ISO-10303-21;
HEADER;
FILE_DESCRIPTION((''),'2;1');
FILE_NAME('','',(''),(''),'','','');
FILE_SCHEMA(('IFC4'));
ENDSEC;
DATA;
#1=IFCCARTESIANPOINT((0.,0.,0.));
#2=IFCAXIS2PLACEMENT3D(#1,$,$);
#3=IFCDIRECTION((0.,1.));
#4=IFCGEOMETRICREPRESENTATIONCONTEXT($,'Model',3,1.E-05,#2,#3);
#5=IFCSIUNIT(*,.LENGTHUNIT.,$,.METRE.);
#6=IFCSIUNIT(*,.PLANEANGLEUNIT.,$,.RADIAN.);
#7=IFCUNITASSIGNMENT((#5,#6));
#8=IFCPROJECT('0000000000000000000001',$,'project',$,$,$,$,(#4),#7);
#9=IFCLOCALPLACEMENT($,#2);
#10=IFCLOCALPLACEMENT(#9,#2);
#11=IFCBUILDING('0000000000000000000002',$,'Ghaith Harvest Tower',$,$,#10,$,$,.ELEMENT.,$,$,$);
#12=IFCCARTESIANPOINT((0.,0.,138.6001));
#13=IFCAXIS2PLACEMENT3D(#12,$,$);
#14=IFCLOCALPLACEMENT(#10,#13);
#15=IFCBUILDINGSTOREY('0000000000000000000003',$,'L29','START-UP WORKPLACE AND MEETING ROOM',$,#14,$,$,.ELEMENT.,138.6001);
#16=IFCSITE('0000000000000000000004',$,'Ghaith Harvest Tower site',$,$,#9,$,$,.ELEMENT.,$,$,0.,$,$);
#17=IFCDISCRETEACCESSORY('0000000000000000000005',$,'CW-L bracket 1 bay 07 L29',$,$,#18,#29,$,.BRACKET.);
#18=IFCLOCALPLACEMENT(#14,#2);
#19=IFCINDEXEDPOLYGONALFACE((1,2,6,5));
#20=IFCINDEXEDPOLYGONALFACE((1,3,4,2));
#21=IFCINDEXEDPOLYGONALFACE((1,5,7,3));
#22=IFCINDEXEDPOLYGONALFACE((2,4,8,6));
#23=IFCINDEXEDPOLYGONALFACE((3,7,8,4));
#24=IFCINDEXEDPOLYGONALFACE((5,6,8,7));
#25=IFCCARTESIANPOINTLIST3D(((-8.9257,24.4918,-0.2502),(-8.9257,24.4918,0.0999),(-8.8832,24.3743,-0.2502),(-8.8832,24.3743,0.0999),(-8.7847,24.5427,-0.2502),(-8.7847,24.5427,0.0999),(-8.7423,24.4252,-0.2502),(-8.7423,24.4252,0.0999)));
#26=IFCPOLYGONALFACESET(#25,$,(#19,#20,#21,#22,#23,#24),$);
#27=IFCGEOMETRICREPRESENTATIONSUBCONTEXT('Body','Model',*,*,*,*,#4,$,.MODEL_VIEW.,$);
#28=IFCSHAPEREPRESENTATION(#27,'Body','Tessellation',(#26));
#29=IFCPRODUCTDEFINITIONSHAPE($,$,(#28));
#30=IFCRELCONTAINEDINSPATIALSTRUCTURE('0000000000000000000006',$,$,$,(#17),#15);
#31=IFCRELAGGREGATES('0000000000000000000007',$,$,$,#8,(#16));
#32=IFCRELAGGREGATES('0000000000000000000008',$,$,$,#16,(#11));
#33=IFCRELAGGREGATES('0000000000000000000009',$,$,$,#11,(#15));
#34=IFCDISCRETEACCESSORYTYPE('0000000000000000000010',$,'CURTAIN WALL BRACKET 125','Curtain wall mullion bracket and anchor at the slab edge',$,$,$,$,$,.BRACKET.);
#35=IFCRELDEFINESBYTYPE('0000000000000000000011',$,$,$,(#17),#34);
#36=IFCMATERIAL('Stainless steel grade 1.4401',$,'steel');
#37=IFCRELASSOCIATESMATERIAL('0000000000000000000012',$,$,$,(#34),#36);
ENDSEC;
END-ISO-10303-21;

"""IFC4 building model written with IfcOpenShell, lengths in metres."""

from ifc_helpers import new_model, si_unit, direction, frame, origin, origin_2d, place, context, subcontext, project, spatial, rectangle, extrude, material, type_object, element, save


model = new_model("IFC4")

# Units and contexts
model_context = context("Model", 3, precision=1e-05, world=origin(), true_north=direction((0.0, 1.0)))
body_context = subcontext(model_context, "Body", "Model", "MODEL_VIEW")
ifc_project = project(units=[si_unit("LENGTHUNIT", "METRE"), si_unit("PLANEANGLEUNIT", "RADIAN")], contexts=[model_context])

# Site, building, storey
site_placement = place(None, origin())
site = spatial("IfcSite", under=ifc_project, at=site_placement, Name="Ghaith Harvest Tower site", CompositionType="ELEMENT", RefElevation=0.0)
building_placement = place(site_placement, origin())
building = spatial("IfcBuilding", under=site, at=building_placement, Name="Ghaith Harvest Tower", CompositionType="ELEMENT")
storey_placement = place(building_placement, frame((0.0, 0.0, 138.6001)))
storey = spatial("IfcBuildingStorey", under=building, at=storey_placement, Name="L29", Description="START-UP WORKPLACE AND MEETING ROOM", CompositionType="ELEMENT", Elevation=138.6001)

# Discrete accessory
ifc_material_1 = material(Name="Stainless steel grade 1.4401", Category="steel")
discrete_accessory_type = type_object("IfcDiscreteAccessoryType", Name="CURTAIN WALL BRACKET 125", Description="Curtain wall mullion bracket and anchor at the slab edge", PredefinedType="BRACKET", material=ifc_material_1)
discrete_accessory_placement = place(storey_placement, frame((-8.834, 24.4585, -0.2502), z_axis=(0.0, 0.0, 1.0), x_axis=(-0.339699, 0.940534, 0.0)))
element("IfcDiscreteAccessory", 1, at=discrete_accessory_placement, inside=storey, type_object=discrete_accessory_type, Name="CW-L bracket 1 bay 07 L29", PredefinedType="BRACKET", context=body_context, shape_type="SweptSolid", body=[
    extrude(rectangle(XDim=0.125, YDim=0.1499, at=origin_2d()), origin(), (0.0, 0.0, 1.0), 0.3501),
])

save(model, "model.ifc")
